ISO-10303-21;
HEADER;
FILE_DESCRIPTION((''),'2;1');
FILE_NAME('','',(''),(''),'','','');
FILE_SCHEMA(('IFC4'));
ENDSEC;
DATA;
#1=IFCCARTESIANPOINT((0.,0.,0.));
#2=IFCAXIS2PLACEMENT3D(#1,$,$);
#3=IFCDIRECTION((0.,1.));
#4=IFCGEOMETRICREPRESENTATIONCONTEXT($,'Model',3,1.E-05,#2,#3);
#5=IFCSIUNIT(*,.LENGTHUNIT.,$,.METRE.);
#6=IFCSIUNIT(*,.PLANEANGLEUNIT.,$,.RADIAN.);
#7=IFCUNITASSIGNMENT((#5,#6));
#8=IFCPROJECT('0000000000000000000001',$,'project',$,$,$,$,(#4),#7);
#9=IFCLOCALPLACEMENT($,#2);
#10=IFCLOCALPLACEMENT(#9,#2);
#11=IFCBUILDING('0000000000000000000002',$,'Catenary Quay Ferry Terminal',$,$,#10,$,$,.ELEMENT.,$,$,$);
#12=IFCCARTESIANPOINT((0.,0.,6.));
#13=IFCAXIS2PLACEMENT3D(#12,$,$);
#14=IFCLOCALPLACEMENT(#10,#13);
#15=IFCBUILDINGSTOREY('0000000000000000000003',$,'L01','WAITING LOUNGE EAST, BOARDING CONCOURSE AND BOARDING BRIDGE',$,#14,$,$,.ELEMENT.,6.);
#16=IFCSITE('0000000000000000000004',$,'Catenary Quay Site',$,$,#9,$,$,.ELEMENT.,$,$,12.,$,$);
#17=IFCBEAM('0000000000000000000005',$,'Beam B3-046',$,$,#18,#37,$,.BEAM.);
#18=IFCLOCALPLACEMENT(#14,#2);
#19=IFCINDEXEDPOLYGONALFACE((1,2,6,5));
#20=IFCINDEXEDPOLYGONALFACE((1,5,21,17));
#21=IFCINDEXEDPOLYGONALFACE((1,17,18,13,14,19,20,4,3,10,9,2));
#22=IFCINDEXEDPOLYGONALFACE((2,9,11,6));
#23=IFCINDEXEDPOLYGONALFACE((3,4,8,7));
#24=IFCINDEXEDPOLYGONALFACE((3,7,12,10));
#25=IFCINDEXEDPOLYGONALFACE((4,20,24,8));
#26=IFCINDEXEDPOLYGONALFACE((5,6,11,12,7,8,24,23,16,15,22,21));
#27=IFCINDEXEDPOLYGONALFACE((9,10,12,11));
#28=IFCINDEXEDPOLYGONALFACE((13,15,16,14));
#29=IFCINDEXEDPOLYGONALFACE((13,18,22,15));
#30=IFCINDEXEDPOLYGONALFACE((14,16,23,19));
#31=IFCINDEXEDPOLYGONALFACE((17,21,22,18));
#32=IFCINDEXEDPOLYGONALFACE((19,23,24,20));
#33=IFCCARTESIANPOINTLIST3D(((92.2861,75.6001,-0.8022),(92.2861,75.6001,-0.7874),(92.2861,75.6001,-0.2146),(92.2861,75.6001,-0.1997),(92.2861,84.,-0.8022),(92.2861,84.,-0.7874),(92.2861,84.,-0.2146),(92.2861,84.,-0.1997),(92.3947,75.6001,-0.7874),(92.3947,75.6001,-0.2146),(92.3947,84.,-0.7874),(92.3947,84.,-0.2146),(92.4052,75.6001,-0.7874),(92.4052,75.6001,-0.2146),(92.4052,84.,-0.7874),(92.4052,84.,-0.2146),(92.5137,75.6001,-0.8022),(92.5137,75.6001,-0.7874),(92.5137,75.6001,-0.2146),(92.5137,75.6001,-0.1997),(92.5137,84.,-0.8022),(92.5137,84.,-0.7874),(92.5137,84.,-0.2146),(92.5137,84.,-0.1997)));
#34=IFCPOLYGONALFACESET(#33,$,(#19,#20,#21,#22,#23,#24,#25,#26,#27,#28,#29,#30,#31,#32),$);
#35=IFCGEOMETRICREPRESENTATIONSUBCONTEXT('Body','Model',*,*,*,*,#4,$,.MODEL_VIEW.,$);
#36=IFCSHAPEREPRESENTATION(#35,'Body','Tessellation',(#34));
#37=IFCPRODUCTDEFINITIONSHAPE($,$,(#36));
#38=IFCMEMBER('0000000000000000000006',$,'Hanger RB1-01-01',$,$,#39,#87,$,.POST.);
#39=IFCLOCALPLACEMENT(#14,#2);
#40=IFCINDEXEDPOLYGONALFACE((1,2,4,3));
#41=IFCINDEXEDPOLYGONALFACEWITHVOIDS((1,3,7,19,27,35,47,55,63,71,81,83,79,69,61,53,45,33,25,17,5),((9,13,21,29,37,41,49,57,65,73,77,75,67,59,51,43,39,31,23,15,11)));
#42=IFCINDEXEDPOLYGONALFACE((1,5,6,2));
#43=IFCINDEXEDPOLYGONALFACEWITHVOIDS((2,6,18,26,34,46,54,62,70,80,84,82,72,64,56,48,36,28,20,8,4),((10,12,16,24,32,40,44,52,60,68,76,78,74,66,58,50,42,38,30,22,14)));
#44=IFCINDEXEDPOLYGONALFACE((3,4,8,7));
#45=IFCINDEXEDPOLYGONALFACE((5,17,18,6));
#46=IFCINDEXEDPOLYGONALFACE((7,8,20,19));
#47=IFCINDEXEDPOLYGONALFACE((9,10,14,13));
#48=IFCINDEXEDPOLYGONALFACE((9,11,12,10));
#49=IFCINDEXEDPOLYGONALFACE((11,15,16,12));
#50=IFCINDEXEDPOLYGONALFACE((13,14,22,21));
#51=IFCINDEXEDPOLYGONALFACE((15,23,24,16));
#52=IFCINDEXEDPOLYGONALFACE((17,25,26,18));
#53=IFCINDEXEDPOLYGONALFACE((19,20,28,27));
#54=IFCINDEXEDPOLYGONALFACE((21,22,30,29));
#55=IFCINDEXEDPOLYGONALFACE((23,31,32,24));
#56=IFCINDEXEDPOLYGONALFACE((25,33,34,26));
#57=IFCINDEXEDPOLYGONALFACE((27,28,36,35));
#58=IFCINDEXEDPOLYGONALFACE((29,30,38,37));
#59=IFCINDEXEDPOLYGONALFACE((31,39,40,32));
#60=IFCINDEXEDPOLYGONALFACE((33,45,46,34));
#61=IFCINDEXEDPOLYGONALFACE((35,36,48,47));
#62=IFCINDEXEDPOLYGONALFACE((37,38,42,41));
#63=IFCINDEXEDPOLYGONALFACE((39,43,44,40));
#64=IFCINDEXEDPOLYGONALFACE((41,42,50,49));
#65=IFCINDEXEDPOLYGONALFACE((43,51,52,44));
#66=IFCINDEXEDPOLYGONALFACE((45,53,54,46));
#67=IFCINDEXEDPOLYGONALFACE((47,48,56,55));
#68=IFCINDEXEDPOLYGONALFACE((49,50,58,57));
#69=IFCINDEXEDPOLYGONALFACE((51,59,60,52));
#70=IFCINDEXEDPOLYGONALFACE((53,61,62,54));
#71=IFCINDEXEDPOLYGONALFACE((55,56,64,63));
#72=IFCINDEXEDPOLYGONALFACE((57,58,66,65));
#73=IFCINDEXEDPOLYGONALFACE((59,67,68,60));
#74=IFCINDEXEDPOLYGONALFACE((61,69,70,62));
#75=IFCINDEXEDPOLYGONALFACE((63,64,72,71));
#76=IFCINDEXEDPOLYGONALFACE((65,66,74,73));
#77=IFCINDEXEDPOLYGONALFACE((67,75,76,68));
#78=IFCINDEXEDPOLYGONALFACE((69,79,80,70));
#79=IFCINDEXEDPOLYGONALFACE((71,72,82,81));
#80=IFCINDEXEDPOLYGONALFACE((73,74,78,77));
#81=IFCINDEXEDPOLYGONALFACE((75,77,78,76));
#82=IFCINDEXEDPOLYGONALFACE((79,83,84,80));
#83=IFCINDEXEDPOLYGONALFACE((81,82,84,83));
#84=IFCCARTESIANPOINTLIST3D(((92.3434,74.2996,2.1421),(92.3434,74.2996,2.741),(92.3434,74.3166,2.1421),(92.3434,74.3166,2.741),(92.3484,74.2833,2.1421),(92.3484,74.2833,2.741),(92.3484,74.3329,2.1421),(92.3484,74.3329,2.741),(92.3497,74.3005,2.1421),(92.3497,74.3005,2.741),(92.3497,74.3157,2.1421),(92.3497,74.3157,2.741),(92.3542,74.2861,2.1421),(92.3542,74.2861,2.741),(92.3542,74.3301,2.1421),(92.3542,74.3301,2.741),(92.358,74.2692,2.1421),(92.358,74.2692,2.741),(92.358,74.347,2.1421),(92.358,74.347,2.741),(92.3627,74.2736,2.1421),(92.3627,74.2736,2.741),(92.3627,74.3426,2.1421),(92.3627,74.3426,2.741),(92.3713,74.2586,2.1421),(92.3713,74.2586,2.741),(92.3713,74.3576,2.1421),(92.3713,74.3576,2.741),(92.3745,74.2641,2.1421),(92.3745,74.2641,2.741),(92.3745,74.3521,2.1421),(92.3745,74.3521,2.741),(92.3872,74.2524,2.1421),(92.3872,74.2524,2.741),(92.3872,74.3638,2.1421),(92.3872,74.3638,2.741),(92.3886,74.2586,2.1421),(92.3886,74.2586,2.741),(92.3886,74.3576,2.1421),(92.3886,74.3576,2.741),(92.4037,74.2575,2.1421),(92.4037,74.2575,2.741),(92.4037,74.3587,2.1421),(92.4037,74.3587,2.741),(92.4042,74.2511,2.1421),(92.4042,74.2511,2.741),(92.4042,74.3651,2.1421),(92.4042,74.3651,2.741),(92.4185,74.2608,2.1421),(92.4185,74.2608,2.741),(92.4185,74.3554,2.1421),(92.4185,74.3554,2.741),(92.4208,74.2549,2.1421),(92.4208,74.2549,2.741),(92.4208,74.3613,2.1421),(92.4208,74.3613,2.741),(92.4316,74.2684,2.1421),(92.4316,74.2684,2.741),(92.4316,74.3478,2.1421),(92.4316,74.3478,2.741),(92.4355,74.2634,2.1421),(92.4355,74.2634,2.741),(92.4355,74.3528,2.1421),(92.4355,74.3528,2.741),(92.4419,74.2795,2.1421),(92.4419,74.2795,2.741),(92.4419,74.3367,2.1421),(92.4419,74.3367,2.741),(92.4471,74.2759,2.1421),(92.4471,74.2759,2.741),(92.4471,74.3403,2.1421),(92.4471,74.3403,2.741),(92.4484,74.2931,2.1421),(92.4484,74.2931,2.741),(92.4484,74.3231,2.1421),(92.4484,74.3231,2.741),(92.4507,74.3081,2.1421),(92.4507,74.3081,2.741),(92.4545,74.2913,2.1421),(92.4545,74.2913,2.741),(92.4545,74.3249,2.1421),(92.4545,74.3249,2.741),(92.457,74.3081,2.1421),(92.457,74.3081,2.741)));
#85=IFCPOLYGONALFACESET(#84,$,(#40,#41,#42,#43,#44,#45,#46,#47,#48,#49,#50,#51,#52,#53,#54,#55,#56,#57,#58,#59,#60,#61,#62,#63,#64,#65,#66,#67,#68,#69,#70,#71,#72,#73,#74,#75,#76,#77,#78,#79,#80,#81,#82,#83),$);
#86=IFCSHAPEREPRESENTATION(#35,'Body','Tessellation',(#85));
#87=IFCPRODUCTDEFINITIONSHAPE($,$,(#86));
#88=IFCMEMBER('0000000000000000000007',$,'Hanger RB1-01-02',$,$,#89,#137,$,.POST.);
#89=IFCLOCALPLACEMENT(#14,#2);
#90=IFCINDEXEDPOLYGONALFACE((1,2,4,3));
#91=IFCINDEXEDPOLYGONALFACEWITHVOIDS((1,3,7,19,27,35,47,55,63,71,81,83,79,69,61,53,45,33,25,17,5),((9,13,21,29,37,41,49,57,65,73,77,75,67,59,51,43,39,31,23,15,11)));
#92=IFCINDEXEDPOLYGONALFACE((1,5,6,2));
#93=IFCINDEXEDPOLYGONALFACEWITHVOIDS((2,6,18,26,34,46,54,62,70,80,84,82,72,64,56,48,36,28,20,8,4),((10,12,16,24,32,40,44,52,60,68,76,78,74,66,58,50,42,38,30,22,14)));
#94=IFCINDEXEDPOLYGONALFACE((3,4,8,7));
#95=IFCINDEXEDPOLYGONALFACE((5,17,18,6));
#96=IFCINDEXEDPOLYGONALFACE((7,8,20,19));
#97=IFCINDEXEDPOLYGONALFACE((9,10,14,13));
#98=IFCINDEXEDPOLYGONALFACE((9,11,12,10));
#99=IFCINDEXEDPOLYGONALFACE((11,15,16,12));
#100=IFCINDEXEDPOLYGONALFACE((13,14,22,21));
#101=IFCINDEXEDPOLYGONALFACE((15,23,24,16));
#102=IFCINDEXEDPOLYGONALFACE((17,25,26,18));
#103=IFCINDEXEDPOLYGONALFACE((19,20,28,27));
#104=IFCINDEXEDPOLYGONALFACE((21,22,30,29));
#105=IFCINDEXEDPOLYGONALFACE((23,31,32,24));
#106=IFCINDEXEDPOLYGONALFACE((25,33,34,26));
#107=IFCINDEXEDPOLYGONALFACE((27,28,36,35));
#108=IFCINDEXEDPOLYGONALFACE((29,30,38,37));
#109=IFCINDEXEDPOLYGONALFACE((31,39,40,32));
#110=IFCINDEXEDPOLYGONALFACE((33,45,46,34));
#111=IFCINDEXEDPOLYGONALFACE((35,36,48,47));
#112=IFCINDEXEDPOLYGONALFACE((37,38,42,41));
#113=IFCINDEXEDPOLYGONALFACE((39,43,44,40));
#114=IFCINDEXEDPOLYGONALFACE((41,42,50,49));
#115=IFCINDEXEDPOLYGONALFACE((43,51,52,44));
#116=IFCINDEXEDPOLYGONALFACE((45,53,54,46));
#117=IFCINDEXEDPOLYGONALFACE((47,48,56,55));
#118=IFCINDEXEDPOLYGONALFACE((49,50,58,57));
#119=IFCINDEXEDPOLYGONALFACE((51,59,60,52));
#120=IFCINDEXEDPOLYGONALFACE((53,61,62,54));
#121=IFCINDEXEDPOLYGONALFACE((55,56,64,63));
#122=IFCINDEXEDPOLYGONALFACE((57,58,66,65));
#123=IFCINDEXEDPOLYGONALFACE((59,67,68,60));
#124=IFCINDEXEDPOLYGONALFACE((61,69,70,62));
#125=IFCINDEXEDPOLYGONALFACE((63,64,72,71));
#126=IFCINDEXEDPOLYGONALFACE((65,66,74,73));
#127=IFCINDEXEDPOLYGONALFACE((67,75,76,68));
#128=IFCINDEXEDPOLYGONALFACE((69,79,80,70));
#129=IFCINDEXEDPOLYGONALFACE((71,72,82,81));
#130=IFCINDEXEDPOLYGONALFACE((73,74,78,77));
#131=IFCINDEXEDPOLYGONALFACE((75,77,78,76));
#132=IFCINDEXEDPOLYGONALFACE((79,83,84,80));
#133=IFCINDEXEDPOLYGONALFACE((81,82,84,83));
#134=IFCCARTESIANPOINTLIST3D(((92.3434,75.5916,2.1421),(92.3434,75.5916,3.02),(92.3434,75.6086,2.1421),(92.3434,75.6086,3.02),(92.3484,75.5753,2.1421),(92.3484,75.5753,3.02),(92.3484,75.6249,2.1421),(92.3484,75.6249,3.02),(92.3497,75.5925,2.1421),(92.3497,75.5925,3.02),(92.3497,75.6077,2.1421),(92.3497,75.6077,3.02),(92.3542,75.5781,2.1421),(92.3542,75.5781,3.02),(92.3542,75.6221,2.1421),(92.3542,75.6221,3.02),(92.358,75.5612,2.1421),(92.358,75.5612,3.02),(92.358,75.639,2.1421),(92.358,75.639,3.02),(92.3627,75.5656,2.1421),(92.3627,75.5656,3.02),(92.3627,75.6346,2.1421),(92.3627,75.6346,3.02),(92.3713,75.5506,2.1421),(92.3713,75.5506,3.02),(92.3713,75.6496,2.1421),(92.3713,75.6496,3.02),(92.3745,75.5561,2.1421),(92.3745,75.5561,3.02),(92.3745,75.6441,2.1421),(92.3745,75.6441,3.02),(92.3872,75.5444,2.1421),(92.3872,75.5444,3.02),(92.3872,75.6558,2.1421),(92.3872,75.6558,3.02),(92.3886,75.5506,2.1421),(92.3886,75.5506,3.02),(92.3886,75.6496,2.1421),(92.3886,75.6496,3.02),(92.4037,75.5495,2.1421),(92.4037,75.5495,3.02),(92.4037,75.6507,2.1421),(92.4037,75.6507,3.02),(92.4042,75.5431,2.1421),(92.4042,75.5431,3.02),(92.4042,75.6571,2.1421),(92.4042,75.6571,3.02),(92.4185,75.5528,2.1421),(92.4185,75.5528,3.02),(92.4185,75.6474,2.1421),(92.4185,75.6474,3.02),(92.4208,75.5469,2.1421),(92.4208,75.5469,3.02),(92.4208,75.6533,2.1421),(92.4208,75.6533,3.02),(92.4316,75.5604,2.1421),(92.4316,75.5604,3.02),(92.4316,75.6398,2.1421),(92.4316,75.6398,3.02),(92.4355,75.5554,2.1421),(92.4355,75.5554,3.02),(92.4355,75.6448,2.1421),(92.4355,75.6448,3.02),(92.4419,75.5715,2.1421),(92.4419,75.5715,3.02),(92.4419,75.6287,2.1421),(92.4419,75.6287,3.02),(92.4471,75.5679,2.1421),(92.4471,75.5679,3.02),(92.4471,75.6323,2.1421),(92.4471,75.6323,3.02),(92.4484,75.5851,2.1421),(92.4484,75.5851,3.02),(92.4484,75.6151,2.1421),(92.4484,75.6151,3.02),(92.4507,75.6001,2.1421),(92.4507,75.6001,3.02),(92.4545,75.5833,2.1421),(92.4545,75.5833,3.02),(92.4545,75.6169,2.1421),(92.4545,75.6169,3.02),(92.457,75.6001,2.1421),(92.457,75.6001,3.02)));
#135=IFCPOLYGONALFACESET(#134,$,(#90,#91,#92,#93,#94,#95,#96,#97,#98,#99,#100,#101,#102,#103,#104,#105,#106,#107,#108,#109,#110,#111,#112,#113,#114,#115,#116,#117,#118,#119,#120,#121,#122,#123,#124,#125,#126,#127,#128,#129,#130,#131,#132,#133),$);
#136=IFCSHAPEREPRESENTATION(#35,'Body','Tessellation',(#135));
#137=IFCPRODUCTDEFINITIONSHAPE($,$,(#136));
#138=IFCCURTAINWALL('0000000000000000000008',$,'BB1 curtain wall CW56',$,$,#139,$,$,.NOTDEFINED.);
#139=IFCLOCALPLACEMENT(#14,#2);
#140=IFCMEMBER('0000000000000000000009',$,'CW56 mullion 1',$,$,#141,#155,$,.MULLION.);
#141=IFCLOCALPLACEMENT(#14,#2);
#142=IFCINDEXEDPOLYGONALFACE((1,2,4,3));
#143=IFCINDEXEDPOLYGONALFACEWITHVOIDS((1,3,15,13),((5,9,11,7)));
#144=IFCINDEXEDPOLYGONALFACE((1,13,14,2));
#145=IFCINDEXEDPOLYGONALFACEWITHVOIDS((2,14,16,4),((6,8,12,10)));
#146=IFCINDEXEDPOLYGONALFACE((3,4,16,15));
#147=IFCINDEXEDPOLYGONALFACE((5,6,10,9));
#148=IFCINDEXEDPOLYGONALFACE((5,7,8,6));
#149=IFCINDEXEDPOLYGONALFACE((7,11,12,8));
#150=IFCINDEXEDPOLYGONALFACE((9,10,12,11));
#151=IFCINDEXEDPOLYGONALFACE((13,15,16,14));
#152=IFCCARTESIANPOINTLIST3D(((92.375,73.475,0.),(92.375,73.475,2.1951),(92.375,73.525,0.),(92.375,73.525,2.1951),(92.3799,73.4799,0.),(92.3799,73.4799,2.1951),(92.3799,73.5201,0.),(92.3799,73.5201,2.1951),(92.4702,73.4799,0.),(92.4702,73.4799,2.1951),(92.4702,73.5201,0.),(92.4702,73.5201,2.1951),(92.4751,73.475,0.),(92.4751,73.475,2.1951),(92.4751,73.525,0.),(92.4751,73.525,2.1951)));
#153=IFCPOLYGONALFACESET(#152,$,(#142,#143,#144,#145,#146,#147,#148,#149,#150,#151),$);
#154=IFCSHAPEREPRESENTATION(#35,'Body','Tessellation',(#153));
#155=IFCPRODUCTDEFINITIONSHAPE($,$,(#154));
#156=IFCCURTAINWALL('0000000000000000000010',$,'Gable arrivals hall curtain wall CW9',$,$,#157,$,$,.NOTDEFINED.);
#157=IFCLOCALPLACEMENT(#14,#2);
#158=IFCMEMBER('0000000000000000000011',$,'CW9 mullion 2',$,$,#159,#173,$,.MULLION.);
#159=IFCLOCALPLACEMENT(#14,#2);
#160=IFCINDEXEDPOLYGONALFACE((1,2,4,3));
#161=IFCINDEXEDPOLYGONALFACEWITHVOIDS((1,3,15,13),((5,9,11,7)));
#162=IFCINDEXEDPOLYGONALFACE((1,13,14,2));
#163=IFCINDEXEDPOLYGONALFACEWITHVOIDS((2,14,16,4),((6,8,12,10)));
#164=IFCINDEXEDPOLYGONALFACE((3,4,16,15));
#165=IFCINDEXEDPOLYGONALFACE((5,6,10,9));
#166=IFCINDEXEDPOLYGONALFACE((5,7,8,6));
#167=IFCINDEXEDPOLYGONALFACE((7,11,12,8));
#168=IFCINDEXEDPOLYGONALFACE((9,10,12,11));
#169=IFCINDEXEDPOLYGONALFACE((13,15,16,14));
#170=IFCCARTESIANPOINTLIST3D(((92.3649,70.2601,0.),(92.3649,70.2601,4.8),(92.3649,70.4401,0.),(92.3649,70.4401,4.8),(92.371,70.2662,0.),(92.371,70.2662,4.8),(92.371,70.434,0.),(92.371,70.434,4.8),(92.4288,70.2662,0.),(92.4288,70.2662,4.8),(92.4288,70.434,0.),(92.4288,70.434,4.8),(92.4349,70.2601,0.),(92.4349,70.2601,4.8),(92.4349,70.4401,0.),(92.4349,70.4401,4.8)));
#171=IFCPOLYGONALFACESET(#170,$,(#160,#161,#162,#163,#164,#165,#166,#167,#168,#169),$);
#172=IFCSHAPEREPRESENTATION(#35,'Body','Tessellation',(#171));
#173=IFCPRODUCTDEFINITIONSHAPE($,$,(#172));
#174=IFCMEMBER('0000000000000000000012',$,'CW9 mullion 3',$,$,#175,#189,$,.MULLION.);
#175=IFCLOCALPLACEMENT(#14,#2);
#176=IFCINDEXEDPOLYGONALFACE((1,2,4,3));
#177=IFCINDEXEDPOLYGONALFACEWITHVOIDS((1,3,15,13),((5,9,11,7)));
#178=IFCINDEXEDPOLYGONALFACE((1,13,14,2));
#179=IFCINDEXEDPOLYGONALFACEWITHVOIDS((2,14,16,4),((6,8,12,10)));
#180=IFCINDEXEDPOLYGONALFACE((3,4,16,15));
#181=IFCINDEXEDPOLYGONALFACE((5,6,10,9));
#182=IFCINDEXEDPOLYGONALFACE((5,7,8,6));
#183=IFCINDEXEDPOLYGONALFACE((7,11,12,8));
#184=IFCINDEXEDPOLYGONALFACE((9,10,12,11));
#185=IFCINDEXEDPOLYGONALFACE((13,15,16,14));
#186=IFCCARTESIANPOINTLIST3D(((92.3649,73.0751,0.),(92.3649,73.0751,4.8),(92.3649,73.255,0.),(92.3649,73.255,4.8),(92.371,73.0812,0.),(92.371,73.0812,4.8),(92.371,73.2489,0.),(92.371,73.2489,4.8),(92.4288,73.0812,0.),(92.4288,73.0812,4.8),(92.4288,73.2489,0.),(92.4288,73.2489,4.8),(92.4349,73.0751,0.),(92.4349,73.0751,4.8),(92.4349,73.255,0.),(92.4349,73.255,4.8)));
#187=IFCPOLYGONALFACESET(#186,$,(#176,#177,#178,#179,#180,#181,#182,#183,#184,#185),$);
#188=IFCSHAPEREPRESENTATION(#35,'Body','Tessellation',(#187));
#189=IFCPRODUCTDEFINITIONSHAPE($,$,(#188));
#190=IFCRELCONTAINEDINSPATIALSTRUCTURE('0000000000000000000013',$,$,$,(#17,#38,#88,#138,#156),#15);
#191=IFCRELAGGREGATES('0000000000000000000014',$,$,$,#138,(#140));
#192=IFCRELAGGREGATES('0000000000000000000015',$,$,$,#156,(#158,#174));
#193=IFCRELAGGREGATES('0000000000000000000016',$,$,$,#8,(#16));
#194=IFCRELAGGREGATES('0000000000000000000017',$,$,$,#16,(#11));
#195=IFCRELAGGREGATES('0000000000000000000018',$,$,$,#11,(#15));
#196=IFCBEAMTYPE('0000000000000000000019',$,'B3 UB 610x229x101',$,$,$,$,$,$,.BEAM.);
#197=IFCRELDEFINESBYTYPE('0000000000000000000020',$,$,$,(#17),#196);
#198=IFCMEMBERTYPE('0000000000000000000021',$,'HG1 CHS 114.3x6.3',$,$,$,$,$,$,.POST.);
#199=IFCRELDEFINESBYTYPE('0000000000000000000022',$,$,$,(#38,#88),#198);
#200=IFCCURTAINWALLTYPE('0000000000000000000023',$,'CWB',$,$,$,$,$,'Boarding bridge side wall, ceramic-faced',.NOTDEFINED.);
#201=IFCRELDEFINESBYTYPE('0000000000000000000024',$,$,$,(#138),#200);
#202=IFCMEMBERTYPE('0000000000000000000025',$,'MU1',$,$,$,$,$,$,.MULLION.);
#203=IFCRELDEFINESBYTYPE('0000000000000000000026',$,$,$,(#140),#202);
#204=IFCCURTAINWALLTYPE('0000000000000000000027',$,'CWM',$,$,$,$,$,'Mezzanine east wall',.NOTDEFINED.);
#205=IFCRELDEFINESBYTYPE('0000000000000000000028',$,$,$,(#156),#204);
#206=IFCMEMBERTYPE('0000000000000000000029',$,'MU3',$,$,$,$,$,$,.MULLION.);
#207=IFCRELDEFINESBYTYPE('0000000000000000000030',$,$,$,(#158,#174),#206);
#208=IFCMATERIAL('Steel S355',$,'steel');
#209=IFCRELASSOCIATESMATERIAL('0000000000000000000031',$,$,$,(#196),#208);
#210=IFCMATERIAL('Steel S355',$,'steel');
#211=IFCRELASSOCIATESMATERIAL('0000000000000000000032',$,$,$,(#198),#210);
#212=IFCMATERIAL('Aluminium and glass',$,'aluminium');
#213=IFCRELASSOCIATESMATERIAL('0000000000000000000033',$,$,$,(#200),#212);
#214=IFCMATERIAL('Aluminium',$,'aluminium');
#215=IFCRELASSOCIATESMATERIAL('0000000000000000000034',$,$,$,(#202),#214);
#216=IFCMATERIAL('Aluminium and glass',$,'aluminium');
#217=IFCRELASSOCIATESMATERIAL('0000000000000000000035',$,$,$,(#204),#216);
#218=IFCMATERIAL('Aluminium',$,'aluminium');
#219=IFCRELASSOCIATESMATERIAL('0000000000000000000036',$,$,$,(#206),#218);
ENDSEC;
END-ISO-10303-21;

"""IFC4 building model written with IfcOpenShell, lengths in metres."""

from ifc_helpers import new_model, si_unit, direction, frame, origin, origin_2d, place, context, subcontext, project, spatial, hollow_rectangle, hollow_circle, i_section, extrude, material, material_profile, profile_set, type_object, element, aggregate, save


model = new_model("IFC4")

# Units and contexts
model_context = context("Model", 3, precision=1e-05, world=origin(), true_north=direction((0.0, 1.0)))
body_context = subcontext(model_context, "Body", "Model", "MODEL_VIEW")
ifc_project = project(units=[si_unit("LENGTHUNIT", "METRE"), si_unit("PLANEANGLEUNIT", "RADIAN")], contexts=[model_context])

# Site, building, storey
site_placement = place(None, origin())
site = spatial("IfcSite", under=ifc_project, at=site_placement, Name="Catenary Quay Site", CompositionType="ELEMENT", RefElevation=12.0)
building_placement = place(site_placement, origin())
building = spatial("IfcBuilding", under=site, at=building_placement, Name="Catenary Quay Ferry Terminal", CompositionType="ELEMENT")
storey_placement = place(building_placement, frame((0.0, 0.0, 6.0)))
storey = spatial("IfcBuildingStorey", under=building, at=storey_placement, Name="L01", Description="WAITING LOUNGE EAST, BOARDING CONCOURSE AND BOARDING BRIDGE", CompositionType="ELEMENT", Elevation=6.0)

# Beam
ifc_material_1 = material(Name="Steel S355", Category="steel")
ifc_material_profile_1 = material_profile(ifc_material_1, i_section(OverallWidth=0.2275, OverallDepth=0.6025, WebThickness=0.0105, FlangeThickness=0.0149, at=origin_2d()), Name="UB 610x229x101")
ifc_profile_set_1 = profile_set([ifc_material_profile_1], Name="Steel S355")
beam_type_1 = type_object("IfcBeamType", Name="B3 UB 610x229x101", PredefinedType="BEAM", material=ifc_profile_set_1)
beam_1_placement = place(storey_placement, frame((92.3999, 75.6001, -0.501), z_axis=(0.0, 1.0, 0.0), x_axis=(-1.0, 0.0, 0.0)))
element("IfcBeam", 1, at=beam_1_placement, inside=storey, type_object=beam_type_1, Name="Beam B3-046", PredefinedType="BEAM", context=body_context, shape_type="SweptSolid", body=[
    extrude(i_section(OverallWidth=0.2275, OverallDepth=0.6025, WebThickness=0.0105, FlangeThickness=0.0149, at=origin_2d()), origin(), (0.0, 0.0, 1.0), 8.3999),
])

# Members
ifc_material_2 = material(Name="Steel S355", Category="steel")
ifc_material_profile_2 = material_profile(ifc_material_2, hollow_circle(Radius=0.0571, WallThickness=0.0063, at=origin_2d()), Name="CHS 114.3x6.3")
ifc_profile_set_2 = profile_set([ifc_material_profile_2], Name="Steel S355")
member_type_1 = type_object("IfcMemberType", Name="HG1 CHS 114.3x6.3", PredefinedType="POST", material=ifc_profile_set_2)
member_1_placement = place(storey_placement, frame((92.3999, 74.3081, 2.1421), z_axis=(0.0, 0.0, 1.0), x_axis=(1.0, 0.0, 0.0)))
element("IfcMember", 2, at=member_1_placement, inside=storey, type_object=member_type_1, Name="Hanger RB1-01-01", PredefinedType="POST", context=body_context, shape_type="SweptSolid", body=[
    extrude(hollow_circle(Radius=0.0571, WallThickness=0.0063, at=origin_2d()), origin(), (0.0, 0.0, 1.0), 0.5989),
])
member_2_placement = place(storey_placement, frame((92.3999, 75.6001, 2.1421), z_axis=(0.0, 0.0, 1.0), x_axis=(1.0, 0.0, 0.0)))
element("IfcMember", 3, at=member_2_placement, inside=storey, type_object=member_type_1, Name="Hanger RB1-01-02", PredefinedType="POST", context=body_context, shape_type="SweptSolid", body=[
    extrude(hollow_circle(Radius=0.0571, WallThickness=0.0063, at=origin_2d()), origin(), (0.0, 0.0, 1.0), 0.8779),
])

# Curtain wall, member
ifc_material_3 = material(Name="Aluminium and glass", Category="aluminium")
curtain_wall_type_1 = type_object("IfcCurtainWallType", Name="CWB", ElementType="Boarding bridge side wall, ceramic-faced", PredefinedType="NOTDEFINED", material=ifc_material_3)
curtain_wall_1_placement = place(storey_placement, origin())
curtain_wall_1 = element("IfcCurtainWall", 4, at=curtain_wall_1_placement, inside=storey, type_object=curtain_wall_type_1, Name="BB1 curtain wall CW56", PredefinedType="NOTDEFINED")
ifc_material_4 = material(Name="Aluminium", Category="aluminium")
ifc_material_profile_3 = material_profile(ifc_material_4, hollow_rectangle(XDim=0.05, YDim=0.1001, WallThickness=0.0049, at=origin_2d()), Name="MU1")
ifc_profile_set_3 = profile_set([ifc_material_profile_3], Name="Aluminium")
member_type_2 = type_object("IfcMemberType", Name="MU1", PredefinedType="MULLION", material=ifc_profile_set_3)
member_3_placement = place(storey_placement, frame((92.425, 73.5, 0.0), z_axis=(0.0, 0.0, 1.0), x_axis=(0.0, 1.0, 0.0)))
member_3 = element("IfcMember", 5, at=member_3_placement, type_object=member_type_2, Name="CW56 mullion 1", PredefinedType="MULLION", context=body_context, shape_type="SweptSolid", body=[
    extrude(hollow_rectangle(XDim=0.05, YDim=0.1001, WallThickness=0.0049, at=origin_2d()), origin(), (0.0, 0.0, 1.0), 2.1951),
])

# Curtain wall, members
ifc_material_5 = material(Name="Aluminium and glass", Category="aluminium")
curtain_wall_type_2 = type_object("IfcCurtainWallType", Name="CWM", ElementType="Mezzanine east wall", PredefinedType="NOTDEFINED", material=ifc_material_5)
curtain_wall_2_placement = place(storey_placement, origin())
curtain_wall_2 = element("IfcCurtainWall", 6, at=curtain_wall_2_placement, inside=storey, type_object=curtain_wall_type_2, Name="Gable arrivals hall curtain wall CW9", PredefinedType="NOTDEFINED")
ifc_material_6 = material(Name="Aluminium", Category="aluminium")
ifc_material_profile_4 = material_profile(ifc_material_6, hollow_rectangle(XDim=0.0701, YDim=0.1799, WallThickness=0.0061, at=origin_2d()), Name="MU3")
ifc_profile_set_4 = profile_set([ifc_material_profile_4], Name="Aluminium")
member_type_3 = type_object("IfcMemberType", Name="MU3", PredefinedType="MULLION", material=ifc_profile_set_4)
member_4_placement = place(storey_placement, frame((92.3999, 70.3501, 0.0), z_axis=(0.0, 0.0, 1.0), x_axis=(-1.0, 0.0, 0.0)))
member_4 = element("IfcMember", 7, at=member_4_placement, type_object=member_type_3, Name="CW9 mullion 2", PredefinedType="MULLION", context=body_context, shape_type="SweptSolid", body=[
    extrude(hollow_rectangle(XDim=0.0701, YDim=0.1799, WallThickness=0.0061, at=origin_2d()), origin(), (0.0, 0.0, 1.0), 4.8),
])
member_5_placement = place(storey_placement, frame((92.3999, 73.165, 0.0), z_axis=(0.0, 0.0, 1.0), x_axis=(-1.0, 0.0, 0.0)))
member_5 = element("IfcMember", 8, at=member_5_placement, type_object=member_type_3, Name="CW9 mullion 3", PredefinedType="MULLION", context=body_context, shape_type="SweptSolid", body=[
    extrude(hollow_rectangle(XDim=0.0701, YDim=0.1799, WallThickness=0.0061, at=origin_2d()), origin(), (0.0, 0.0, 1.0), 4.8),
])

aggregate(curtain_wall_1, [member_3])

aggregate(curtain_wall_2, [member_4, member_5])

save(model, "model.ifc")
